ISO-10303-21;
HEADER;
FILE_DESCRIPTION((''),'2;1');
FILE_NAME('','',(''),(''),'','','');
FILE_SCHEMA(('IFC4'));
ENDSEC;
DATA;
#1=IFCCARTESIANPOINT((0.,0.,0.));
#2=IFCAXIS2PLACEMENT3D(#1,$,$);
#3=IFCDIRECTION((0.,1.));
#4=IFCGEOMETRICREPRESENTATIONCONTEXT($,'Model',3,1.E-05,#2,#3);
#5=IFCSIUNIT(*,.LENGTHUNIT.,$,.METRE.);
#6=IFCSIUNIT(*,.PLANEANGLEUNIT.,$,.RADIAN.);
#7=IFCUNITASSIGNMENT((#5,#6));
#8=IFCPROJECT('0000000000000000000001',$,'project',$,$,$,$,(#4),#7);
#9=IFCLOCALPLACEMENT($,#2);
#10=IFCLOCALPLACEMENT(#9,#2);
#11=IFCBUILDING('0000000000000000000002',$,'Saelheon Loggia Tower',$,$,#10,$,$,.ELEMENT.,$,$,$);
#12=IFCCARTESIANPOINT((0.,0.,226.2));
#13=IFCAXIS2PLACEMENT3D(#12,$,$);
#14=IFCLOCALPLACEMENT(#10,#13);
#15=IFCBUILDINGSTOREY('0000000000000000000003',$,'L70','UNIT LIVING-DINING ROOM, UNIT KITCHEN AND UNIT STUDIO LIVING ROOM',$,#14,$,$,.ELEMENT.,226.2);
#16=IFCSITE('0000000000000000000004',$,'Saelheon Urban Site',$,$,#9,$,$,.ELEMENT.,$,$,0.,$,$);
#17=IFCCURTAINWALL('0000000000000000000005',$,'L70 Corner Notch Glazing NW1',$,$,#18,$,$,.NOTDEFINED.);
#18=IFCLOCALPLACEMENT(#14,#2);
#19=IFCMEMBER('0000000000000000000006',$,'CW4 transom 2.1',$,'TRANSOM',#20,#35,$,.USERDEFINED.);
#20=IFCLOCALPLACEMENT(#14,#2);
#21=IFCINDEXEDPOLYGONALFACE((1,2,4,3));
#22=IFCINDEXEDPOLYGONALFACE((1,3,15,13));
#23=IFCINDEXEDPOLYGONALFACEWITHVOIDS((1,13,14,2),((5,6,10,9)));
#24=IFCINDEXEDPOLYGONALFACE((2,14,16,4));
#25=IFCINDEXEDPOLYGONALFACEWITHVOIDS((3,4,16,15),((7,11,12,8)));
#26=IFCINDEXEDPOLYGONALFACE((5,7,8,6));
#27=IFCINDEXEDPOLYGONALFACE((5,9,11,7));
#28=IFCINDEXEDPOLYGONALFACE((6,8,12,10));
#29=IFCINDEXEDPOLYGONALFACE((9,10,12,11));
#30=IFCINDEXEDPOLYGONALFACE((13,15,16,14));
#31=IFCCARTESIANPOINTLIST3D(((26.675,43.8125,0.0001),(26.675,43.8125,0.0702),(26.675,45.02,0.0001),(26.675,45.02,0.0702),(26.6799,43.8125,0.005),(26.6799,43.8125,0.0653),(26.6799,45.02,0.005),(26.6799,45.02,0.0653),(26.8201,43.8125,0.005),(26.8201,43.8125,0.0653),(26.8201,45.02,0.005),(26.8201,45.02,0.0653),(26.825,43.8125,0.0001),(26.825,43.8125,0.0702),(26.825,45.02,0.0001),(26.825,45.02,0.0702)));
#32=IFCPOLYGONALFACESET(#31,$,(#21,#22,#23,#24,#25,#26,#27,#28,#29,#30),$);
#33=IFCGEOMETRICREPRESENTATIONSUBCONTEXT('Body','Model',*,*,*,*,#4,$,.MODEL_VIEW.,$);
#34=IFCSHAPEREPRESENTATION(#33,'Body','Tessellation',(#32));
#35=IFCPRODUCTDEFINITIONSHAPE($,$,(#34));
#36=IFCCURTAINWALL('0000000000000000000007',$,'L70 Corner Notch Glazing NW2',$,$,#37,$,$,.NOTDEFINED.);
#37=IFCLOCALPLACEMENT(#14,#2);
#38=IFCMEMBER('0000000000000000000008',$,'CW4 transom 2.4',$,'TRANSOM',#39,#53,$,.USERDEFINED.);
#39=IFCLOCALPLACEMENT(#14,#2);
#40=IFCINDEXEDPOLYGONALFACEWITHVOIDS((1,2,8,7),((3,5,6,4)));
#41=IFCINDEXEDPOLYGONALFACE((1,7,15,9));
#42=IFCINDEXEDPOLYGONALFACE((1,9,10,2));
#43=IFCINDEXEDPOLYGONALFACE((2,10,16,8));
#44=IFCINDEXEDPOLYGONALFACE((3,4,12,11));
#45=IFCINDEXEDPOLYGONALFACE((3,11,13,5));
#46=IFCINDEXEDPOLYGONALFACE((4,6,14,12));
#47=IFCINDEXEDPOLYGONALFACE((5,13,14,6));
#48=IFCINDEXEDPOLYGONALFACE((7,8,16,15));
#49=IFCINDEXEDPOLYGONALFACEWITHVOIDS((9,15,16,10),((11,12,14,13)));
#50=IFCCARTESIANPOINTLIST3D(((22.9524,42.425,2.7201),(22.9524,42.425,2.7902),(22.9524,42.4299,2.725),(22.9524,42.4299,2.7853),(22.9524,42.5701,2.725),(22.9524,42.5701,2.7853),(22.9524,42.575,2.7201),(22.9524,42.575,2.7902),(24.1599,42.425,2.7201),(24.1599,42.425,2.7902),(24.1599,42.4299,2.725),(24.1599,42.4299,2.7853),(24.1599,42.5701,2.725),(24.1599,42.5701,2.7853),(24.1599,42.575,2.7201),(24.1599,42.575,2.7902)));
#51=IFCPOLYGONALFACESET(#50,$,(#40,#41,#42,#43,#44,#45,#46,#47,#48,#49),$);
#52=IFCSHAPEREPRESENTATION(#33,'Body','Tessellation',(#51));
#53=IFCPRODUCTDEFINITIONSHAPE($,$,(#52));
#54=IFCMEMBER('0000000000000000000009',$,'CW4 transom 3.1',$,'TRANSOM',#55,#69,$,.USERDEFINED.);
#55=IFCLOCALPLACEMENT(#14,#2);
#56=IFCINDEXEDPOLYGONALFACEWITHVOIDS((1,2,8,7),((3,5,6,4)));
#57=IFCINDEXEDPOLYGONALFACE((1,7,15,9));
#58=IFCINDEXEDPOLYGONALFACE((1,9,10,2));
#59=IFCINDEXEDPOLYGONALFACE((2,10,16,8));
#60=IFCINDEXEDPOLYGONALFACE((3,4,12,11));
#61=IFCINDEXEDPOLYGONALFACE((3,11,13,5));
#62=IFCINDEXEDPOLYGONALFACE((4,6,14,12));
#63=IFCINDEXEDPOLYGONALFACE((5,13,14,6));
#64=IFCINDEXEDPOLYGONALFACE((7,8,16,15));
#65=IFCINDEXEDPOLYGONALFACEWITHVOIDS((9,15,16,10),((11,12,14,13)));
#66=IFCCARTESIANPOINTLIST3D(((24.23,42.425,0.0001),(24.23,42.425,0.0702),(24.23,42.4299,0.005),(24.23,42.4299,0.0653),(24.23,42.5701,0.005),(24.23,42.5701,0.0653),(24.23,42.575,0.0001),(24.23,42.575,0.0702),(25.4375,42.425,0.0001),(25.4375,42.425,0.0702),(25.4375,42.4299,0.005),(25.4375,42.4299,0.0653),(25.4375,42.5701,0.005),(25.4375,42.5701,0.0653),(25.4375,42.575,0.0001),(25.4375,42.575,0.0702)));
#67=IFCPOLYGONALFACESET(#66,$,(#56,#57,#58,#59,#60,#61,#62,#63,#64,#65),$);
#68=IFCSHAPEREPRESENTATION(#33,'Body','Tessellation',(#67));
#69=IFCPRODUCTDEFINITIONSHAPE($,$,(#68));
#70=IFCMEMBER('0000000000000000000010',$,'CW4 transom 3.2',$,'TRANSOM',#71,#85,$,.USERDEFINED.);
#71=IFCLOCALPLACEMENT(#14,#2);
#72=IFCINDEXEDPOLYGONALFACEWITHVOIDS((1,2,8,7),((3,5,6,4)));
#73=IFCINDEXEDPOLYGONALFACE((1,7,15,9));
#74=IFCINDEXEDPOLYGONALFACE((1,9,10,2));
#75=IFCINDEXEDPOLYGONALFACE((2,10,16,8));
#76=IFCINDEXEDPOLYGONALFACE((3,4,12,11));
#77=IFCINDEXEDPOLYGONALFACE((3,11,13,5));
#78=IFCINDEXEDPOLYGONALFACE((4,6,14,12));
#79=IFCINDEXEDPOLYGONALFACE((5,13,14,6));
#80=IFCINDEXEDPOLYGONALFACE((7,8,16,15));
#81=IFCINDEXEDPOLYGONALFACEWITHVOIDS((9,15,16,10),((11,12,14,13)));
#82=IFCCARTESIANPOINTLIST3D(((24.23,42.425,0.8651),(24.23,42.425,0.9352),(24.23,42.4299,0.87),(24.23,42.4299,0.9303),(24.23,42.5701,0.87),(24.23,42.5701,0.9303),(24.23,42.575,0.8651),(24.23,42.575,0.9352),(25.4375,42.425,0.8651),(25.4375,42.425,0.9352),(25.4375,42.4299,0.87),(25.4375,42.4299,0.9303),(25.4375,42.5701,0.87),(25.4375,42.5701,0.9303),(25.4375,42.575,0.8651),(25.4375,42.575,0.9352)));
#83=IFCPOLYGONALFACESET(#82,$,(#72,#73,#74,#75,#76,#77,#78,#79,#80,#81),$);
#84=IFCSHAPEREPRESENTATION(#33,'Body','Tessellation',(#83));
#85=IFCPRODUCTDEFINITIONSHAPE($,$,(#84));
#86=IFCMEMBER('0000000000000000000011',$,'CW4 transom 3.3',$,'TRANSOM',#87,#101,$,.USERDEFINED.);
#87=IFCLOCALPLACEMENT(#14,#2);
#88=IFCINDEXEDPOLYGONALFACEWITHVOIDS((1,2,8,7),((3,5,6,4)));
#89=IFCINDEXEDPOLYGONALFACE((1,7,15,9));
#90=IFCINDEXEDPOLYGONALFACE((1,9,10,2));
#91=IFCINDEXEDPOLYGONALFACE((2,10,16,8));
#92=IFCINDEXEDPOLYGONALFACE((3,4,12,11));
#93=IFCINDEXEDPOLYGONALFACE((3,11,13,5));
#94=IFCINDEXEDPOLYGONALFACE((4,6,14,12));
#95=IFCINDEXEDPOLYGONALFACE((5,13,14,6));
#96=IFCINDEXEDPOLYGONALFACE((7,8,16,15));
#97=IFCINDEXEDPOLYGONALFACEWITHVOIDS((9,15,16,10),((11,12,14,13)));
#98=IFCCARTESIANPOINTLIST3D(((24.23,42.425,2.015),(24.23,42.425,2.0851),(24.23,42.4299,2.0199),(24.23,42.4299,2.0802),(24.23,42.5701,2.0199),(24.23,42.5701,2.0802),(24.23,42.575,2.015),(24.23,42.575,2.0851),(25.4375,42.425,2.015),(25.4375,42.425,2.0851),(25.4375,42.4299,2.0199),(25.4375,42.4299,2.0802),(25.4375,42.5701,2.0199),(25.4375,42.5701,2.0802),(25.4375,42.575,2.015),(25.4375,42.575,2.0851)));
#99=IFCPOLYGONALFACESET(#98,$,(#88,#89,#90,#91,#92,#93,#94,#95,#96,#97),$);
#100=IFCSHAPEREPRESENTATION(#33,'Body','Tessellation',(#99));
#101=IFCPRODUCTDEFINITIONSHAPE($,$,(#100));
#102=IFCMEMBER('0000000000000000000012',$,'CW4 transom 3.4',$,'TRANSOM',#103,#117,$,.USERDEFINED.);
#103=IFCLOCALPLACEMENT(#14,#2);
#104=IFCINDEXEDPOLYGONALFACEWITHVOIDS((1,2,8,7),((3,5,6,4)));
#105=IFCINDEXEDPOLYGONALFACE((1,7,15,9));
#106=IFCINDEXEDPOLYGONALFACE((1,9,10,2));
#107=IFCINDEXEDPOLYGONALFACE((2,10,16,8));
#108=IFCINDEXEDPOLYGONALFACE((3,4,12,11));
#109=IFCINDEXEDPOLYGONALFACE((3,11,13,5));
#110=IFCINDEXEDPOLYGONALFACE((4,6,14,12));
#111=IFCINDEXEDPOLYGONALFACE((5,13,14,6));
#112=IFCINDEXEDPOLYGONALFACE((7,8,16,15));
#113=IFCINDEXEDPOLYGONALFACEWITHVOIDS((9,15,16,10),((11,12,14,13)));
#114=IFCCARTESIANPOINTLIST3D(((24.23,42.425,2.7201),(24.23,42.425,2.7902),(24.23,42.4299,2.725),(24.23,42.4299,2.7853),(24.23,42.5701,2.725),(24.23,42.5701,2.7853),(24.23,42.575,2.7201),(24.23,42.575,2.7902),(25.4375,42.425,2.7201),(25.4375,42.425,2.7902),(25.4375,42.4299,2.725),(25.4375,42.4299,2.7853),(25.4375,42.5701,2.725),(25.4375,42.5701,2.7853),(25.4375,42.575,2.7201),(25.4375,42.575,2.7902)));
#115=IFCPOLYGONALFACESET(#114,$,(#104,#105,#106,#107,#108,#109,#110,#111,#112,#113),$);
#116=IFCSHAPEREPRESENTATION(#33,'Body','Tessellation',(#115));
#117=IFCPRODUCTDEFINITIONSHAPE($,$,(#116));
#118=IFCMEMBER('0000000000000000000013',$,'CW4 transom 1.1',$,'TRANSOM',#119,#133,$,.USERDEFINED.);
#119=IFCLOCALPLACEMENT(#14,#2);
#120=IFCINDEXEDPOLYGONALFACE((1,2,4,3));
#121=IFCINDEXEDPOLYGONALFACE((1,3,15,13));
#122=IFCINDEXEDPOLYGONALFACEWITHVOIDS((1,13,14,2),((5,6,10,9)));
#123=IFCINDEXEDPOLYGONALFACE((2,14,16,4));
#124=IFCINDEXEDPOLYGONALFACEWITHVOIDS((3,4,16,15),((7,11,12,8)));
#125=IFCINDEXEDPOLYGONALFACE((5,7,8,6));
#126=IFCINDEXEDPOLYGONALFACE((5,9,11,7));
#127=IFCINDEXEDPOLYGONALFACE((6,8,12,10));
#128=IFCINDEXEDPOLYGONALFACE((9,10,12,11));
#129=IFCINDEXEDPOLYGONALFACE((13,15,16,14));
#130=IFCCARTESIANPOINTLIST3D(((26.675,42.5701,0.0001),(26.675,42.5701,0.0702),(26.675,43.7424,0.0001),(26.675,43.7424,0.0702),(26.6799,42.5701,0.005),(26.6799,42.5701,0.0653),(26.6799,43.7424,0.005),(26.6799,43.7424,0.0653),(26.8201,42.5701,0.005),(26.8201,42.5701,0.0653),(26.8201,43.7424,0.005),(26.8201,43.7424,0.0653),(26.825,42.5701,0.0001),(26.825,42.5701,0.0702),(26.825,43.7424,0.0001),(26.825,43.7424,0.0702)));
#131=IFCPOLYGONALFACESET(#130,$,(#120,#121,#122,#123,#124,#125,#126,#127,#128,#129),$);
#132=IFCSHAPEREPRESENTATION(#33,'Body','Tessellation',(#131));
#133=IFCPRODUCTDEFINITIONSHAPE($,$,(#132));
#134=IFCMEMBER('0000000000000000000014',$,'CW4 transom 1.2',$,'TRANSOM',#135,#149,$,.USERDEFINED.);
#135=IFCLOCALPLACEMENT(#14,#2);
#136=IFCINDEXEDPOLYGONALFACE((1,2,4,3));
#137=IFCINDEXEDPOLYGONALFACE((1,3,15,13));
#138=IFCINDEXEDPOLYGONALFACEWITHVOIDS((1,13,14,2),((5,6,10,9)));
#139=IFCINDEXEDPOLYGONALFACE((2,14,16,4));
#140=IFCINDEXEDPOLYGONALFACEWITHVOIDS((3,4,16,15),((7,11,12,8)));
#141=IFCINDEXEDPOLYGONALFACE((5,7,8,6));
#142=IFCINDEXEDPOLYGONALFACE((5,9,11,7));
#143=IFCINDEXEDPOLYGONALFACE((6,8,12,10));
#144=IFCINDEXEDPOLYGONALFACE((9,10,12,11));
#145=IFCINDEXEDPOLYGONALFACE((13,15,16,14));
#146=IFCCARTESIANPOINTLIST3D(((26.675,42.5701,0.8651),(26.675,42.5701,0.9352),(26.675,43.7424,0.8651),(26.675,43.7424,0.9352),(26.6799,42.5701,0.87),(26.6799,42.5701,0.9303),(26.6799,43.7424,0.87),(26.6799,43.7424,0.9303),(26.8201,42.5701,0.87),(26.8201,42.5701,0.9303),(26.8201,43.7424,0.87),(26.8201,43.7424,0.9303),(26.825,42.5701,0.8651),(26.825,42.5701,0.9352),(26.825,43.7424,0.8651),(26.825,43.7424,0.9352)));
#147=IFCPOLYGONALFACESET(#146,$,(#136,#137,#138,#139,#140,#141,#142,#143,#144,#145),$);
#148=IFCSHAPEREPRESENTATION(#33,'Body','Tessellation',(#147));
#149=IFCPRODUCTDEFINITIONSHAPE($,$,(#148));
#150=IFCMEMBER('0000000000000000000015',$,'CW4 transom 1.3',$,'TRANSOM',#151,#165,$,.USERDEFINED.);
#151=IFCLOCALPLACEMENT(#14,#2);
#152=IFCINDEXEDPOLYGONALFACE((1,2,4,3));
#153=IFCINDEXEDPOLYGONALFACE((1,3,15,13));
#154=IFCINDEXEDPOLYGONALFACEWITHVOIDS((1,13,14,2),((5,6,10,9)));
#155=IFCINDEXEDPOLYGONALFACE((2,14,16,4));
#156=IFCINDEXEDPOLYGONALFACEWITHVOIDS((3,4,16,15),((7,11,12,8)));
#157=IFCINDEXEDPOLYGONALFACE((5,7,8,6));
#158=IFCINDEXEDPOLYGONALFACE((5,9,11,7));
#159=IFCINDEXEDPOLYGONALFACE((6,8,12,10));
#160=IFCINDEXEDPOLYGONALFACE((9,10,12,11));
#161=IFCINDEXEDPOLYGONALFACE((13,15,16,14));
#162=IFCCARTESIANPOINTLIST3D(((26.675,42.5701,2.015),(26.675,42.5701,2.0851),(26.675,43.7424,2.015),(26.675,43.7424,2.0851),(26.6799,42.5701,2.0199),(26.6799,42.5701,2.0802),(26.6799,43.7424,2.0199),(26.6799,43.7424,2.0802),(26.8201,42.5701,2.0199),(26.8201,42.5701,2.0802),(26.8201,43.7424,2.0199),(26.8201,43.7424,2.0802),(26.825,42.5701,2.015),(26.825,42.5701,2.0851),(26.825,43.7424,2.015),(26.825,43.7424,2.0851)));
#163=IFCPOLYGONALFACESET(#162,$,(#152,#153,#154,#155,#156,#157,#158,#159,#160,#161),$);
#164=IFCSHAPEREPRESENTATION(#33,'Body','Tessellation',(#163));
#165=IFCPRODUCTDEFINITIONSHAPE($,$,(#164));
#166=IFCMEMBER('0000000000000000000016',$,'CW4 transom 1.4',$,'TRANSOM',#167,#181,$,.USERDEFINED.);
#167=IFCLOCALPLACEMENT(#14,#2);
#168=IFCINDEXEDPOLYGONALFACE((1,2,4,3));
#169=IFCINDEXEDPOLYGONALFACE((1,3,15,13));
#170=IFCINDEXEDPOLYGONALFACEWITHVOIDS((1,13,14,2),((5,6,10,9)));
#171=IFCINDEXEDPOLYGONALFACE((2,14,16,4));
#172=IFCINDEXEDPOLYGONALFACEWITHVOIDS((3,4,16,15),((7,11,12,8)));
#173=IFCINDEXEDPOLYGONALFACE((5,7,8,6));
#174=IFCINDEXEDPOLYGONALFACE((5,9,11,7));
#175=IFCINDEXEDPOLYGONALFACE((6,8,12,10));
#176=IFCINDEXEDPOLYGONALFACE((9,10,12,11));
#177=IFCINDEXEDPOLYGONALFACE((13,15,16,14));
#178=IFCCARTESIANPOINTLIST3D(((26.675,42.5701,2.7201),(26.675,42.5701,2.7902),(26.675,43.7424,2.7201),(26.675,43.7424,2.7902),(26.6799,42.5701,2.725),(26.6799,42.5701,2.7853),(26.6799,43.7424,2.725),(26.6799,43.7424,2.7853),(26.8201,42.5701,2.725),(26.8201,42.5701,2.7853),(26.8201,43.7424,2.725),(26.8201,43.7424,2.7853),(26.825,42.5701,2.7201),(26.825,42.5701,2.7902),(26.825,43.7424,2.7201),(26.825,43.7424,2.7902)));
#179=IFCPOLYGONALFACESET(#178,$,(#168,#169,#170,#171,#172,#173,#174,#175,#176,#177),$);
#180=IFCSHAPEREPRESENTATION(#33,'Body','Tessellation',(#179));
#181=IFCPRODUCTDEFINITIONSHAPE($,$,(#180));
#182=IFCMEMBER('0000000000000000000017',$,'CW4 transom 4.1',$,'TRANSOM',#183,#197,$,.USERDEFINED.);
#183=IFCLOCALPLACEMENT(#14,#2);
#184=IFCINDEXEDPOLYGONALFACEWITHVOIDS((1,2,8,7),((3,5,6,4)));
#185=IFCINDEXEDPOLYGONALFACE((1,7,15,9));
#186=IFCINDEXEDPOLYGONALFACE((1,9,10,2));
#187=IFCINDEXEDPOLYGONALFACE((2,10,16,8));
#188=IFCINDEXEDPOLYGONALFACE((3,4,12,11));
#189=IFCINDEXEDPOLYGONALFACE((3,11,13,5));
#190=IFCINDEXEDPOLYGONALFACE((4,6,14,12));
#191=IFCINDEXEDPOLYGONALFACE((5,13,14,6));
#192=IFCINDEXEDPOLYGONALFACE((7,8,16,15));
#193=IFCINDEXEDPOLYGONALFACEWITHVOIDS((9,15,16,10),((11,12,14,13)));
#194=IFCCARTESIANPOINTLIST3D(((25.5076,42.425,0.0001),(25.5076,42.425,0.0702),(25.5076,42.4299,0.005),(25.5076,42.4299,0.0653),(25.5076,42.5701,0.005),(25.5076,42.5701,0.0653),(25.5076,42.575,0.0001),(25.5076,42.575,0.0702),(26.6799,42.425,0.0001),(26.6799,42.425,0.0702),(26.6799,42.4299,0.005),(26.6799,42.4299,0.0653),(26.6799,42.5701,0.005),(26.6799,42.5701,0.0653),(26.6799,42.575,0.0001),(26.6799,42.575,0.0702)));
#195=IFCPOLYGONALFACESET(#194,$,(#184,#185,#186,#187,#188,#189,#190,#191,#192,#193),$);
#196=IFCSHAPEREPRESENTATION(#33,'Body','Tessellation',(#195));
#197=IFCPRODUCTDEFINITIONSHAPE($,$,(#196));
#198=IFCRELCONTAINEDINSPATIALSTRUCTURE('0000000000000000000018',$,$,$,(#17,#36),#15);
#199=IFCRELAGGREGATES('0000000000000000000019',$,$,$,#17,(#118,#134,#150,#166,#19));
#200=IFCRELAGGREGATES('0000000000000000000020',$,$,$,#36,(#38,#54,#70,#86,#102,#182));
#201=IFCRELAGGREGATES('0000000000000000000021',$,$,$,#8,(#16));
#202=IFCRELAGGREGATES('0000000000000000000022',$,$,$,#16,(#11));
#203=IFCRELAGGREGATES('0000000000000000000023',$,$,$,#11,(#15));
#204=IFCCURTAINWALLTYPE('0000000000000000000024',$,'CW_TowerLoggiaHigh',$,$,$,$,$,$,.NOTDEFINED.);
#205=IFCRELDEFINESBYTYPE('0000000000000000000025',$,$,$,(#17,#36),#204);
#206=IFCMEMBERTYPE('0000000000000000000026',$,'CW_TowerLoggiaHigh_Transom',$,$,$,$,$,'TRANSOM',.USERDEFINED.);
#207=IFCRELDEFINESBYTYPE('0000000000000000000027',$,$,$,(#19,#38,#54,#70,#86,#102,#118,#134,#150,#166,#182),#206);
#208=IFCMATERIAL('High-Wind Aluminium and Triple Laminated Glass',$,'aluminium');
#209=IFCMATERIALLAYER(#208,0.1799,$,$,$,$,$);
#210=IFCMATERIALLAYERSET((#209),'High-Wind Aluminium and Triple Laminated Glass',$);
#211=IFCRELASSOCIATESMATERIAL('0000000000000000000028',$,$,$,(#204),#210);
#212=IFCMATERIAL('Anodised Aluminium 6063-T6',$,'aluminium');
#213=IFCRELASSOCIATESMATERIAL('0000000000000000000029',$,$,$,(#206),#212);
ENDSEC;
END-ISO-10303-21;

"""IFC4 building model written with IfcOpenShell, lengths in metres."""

from ifc_helpers import new_model, si_unit, direction, frame, origin, origin_2d, place, context, subcontext, project, spatial, hollow_rectangle, extrude, source, transform, mapped, material, layer, layer_set, material_profile, profile_set, type_object, element, aggregate, save


model = new_model("IFC4")

# Units and contexts
model_context = context("Model", 3, precision=1e-05, world=origin(), true_north=direction((0.0, 1.0)))
body_context = subcontext(model_context, "Body", "Model", "MODEL_VIEW")
ifc_project = project(units=[si_unit("LENGTHUNIT", "METRE"), si_unit("PLANEANGLEUNIT", "RADIAN")], contexts=[model_context])

# Site, building, storey
site_placement = place(None, origin())
site = spatial("IfcSite", under=ifc_project, at=site_placement, Name="Saelheon Urban Site", CompositionType="ELEMENT", RefElevation=0.0)
building_placement = place(site_placement, origin())
building = spatial("IfcBuilding", under=site, at=building_placement, Name="Saelheon Loggia Tower", CompositionType="ELEMENT")
storey_placement = place(building_placement, frame((0.0, 0.0, 226.2)))
storey = spatial("IfcBuildingStorey", under=building, at=storey_placement, Name="L70", Description="UNIT LIVING-DINING ROOM, UNIT KITCHEN AND UNIT STUDIO LIVING ROOM", CompositionType="ELEMENT", Elevation=226.2)

# Curtain wall, member
ifc_material_1 = material(Name="High-Wind Aluminium and Triple Laminated Glass", Category="aluminium")
ifc_layer_1 = layer(ifc_material_1, 0.1799)
ifc_layer_set_1 = layer_set([ifc_layer_1], Name="High-Wind Aluminium and Triple Laminated Glass")
curtain_wall_type = type_object("IfcCurtainWallType", Name="CW_TowerLoggiaHigh", PredefinedType="NOTDEFINED", material=ifc_layer_set_1)
curtain_wall_1_placement = place(storey_placement, origin())
curtain_wall_1 = element("IfcCurtainWall", 1, at=curtain_wall_1_placement, inside=storey, type_object=curtain_wall_type, Name="L70 Corner Notch Glazing NW1", PredefinedType="NOTDEFINED")
ifc_material_2 = material(Name="Anodised Aluminium 6063-T6", Category="aluminium")
ifc_material_profile_1 = material_profile(ifc_material_2, hollow_rectangle(XDim=0.0701, YDim=0.1499, WallThickness=0.0049, at=origin_2d()), Name="RHS-150x70x5")
ifc_profile_set_1 = profile_set([ifc_material_profile_1], Name="Anodised Aluminium 6063-T6")
member_type_1 = type_object("IfcMemberType", Name="CW_TowerLoggiaHigh_Transom", ElementType="TRANSOM", PredefinedType="USERDEFINED", material=ifc_profile_set_1)
shared_shape_1 = source(origin(), body_context, "Body", "SweptSolid", [
    extrude(hollow_rectangle(XDim=0.0701, YDim=0.1499, WallThickness=0.0049, at=origin_2d()), origin(), (0.0, 0.0, 1.0), 1.2075),
])
member_1_placement = place(storey_placement, frame((26.75, 43.8125, 0.0352), z_axis=(0.0, 1.0, 0.0), x_axis=(0.0, 0.0, 1.0)))
member_1 = element("IfcMember", 2, at=member_1_placement, type_object=member_type_1, Name="CW4 transom 2.1", ObjectType="TRANSOM", PredefinedType="USERDEFINED", context=body_context, shape_type="MappedRepresentation", body=[
    mapped(shared_shape_1, transform((0.0, 0.0, 0.0), scale=1.0)),
])

# Curtain wall, members
curtain_wall_2_placement = place(storey_placement, origin())
curtain_wall_2 = element("IfcCurtainWall", 3, at=curtain_wall_2_placement, inside=storey, type_object=curtain_wall_type, Name="L70 Corner Notch Glazing NW2", PredefinedType="NOTDEFINED")
member_2_placement = place(storey_placement, frame((22.9524, 42.5, 2.7551), z_axis=(1.0, 0.0, 0.0), x_axis=(0.0, 0.0, 1.0)))
member_2 = element("IfcMember", 4, at=member_2_placement, type_object=member_type_1, Name="CW4 transom 2.4", ObjectType="TRANSOM", PredefinedType="USERDEFINED", context=body_context, shape_type="MappedRepresentation", body=[
    mapped(shared_shape_1, transform((0.0, 0.0, 0.0), scale=1.0)),
])
member_3_placement = place(storey_placement, frame((24.23, 42.5, 0.0352), z_axis=(1.0, 0.0, 0.0), x_axis=(0.0, 0.0, 1.0)))
member_3 = element("IfcMember", 5, at=member_3_placement, type_object=member_type_1, Name="CW4 transom 3.1", ObjectType="TRANSOM", PredefinedType="USERDEFINED", context=body_context, shape_type="MappedRepresentation", body=[
    mapped(shared_shape_1, transform((0.0, 0.0, 0.0), scale=1.0)),
])
member_4_placement = place(storey_placement, frame((24.23, 42.5, 0.9001), z_axis=(1.0, 0.0, 0.0), x_axis=(0.0, 0.0, 1.0)))
member_4 = element("IfcMember", 6, at=member_4_placement, type_object=member_type_1, Name="CW4 transom 3.2", ObjectType="TRANSOM", PredefinedType="USERDEFINED", context=body_context, shape_type="MappedRepresentation", body=[
    mapped(shared_shape_1, transform((0.0, 0.0, 0.0), scale=1.0)),
])
member_5_placement = place(storey_placement, frame((24.23, 42.5, 2.05), z_axis=(1.0, 0.0, 0.0), x_axis=(0.0, 0.0, 1.0)))
member_5 = element("IfcMember", 7, at=member_5_placement, type_object=member_type_1, Name="CW4 transom 3.3", ObjectType="TRANSOM", PredefinedType="USERDEFINED", context=body_context, shape_type="MappedRepresentation", body=[
    mapped(shared_shape_1, transform((0.0, 0.0, 0.0), scale=1.0)),
])
member_6_placement = place(storey_placement, frame((24.23, 42.5, 2.7551), z_axis=(1.0, 0.0, 0.0), x_axis=(0.0, 0.0, 1.0)))
member_6 = element("IfcMember", 8, at=member_6_placement, type_object=member_type_1, Name="CW4 transom 3.4", ObjectType="TRANSOM", PredefinedType="USERDEFINED", context=body_context, shape_type="MappedRepresentation", body=[
    mapped(shared_shape_1, transform((0.0, 0.0, 0.0), scale=1.0)),
])

# Members
shared_shape_2 = source(origin(), body_context, "Body", "SweptSolid", [
    extrude(hollow_rectangle(XDim=0.0701, YDim=0.1499, WallThickness=0.0049, at=origin_2d()), origin(), (0.0, 0.0, 1.0), 1.1724),
])
member_7_placement = place(storey_placement, frame((26.75, 42.5701, 0.0352), z_axis=(0.0, 1.0, 0.0), x_axis=(0.0, 0.0, 1.0)))
member_7 = element("IfcMember", 9, at=member_7_placement, type_object=member_type_1, Name="CW4 transom 1.1", ObjectType="TRANSOM", PredefinedType="USERDEFINED", context=body_context, shape_type="MappedRepresentation", body=[
    mapped(shared_shape_2, transform((0.0, 0.0, 0.0), scale=1.0)),
])
member_8_placement = place(storey_placement, frame((26.75, 42.5701, 0.9001), z_axis=(0.0, 1.0, 0.0), x_axis=(0.0, 0.0, 1.0)))
member_8 = element("IfcMember", 10, at=member_8_placement, type_object=member_type_1, Name="CW4 transom 1.2", ObjectType="TRANSOM", PredefinedType="USERDEFINED", context=body_context, shape_type="MappedRepresentation", body=[
    mapped(shared_shape_2, transform((0.0, 0.0, 0.0), scale=1.0)),
])
member_9_placement = place(storey_placement, frame((26.75, 42.5701, 2.05), z_axis=(0.0, 1.0, 0.0), x_axis=(0.0, 0.0, 1.0)))
member_9 = element("IfcMember", 11, at=member_9_placement, type_object=member_type_1, Name="CW4 transom 1.3", ObjectType="TRANSOM", PredefinedType="USERDEFINED", context=body_context, shape_type="MappedRepresentation", body=[
    mapped(shared_shape_2, transform((0.0, 0.0, 0.0), scale=1.0)),
])
member_10_placement = place(storey_placement, frame((26.75, 42.5701, 2.7551), z_axis=(0.0, 1.0, 0.0), x_axis=(0.0, 0.0, 1.0)))
member_10 = element("IfcMember", 12, at=member_10_placement, type_object=member_type_1, Name="CW4 transom 1.4", ObjectType="TRANSOM", PredefinedType="USERDEFINED", context=body_context, shape_type="MappedRepresentation", body=[
    mapped(shared_shape_2, transform((0.0, 0.0, 0.0), scale=1.0)),
])
member_11_placement = place(storey_placement, frame((25.5076, 42.5, 0.0352), z_axis=(1.0, 0.0, 0.0), x_axis=(0.0, 0.0, 1.0)))
member_11 = element("IfcMember", 13, at=member_11_placement, type_object=member_type_1, Name="CW4 transom 4.1", ObjectType="TRANSOM", PredefinedType="USERDEFINED", context=body_context, shape_type="MappedRepresentation", body=[
    mapped(shared_shape_2, transform((0.0, 0.0, 0.0), scale=1.0)),
])

aggregate(curtain_wall_1, [member_7, member_8, member_9, member_10, member_1])
aggregate(curtain_wall_2, [member_2, member_3, member_4, member_5, member_6, member_11])

save(model, "model.ifc")
